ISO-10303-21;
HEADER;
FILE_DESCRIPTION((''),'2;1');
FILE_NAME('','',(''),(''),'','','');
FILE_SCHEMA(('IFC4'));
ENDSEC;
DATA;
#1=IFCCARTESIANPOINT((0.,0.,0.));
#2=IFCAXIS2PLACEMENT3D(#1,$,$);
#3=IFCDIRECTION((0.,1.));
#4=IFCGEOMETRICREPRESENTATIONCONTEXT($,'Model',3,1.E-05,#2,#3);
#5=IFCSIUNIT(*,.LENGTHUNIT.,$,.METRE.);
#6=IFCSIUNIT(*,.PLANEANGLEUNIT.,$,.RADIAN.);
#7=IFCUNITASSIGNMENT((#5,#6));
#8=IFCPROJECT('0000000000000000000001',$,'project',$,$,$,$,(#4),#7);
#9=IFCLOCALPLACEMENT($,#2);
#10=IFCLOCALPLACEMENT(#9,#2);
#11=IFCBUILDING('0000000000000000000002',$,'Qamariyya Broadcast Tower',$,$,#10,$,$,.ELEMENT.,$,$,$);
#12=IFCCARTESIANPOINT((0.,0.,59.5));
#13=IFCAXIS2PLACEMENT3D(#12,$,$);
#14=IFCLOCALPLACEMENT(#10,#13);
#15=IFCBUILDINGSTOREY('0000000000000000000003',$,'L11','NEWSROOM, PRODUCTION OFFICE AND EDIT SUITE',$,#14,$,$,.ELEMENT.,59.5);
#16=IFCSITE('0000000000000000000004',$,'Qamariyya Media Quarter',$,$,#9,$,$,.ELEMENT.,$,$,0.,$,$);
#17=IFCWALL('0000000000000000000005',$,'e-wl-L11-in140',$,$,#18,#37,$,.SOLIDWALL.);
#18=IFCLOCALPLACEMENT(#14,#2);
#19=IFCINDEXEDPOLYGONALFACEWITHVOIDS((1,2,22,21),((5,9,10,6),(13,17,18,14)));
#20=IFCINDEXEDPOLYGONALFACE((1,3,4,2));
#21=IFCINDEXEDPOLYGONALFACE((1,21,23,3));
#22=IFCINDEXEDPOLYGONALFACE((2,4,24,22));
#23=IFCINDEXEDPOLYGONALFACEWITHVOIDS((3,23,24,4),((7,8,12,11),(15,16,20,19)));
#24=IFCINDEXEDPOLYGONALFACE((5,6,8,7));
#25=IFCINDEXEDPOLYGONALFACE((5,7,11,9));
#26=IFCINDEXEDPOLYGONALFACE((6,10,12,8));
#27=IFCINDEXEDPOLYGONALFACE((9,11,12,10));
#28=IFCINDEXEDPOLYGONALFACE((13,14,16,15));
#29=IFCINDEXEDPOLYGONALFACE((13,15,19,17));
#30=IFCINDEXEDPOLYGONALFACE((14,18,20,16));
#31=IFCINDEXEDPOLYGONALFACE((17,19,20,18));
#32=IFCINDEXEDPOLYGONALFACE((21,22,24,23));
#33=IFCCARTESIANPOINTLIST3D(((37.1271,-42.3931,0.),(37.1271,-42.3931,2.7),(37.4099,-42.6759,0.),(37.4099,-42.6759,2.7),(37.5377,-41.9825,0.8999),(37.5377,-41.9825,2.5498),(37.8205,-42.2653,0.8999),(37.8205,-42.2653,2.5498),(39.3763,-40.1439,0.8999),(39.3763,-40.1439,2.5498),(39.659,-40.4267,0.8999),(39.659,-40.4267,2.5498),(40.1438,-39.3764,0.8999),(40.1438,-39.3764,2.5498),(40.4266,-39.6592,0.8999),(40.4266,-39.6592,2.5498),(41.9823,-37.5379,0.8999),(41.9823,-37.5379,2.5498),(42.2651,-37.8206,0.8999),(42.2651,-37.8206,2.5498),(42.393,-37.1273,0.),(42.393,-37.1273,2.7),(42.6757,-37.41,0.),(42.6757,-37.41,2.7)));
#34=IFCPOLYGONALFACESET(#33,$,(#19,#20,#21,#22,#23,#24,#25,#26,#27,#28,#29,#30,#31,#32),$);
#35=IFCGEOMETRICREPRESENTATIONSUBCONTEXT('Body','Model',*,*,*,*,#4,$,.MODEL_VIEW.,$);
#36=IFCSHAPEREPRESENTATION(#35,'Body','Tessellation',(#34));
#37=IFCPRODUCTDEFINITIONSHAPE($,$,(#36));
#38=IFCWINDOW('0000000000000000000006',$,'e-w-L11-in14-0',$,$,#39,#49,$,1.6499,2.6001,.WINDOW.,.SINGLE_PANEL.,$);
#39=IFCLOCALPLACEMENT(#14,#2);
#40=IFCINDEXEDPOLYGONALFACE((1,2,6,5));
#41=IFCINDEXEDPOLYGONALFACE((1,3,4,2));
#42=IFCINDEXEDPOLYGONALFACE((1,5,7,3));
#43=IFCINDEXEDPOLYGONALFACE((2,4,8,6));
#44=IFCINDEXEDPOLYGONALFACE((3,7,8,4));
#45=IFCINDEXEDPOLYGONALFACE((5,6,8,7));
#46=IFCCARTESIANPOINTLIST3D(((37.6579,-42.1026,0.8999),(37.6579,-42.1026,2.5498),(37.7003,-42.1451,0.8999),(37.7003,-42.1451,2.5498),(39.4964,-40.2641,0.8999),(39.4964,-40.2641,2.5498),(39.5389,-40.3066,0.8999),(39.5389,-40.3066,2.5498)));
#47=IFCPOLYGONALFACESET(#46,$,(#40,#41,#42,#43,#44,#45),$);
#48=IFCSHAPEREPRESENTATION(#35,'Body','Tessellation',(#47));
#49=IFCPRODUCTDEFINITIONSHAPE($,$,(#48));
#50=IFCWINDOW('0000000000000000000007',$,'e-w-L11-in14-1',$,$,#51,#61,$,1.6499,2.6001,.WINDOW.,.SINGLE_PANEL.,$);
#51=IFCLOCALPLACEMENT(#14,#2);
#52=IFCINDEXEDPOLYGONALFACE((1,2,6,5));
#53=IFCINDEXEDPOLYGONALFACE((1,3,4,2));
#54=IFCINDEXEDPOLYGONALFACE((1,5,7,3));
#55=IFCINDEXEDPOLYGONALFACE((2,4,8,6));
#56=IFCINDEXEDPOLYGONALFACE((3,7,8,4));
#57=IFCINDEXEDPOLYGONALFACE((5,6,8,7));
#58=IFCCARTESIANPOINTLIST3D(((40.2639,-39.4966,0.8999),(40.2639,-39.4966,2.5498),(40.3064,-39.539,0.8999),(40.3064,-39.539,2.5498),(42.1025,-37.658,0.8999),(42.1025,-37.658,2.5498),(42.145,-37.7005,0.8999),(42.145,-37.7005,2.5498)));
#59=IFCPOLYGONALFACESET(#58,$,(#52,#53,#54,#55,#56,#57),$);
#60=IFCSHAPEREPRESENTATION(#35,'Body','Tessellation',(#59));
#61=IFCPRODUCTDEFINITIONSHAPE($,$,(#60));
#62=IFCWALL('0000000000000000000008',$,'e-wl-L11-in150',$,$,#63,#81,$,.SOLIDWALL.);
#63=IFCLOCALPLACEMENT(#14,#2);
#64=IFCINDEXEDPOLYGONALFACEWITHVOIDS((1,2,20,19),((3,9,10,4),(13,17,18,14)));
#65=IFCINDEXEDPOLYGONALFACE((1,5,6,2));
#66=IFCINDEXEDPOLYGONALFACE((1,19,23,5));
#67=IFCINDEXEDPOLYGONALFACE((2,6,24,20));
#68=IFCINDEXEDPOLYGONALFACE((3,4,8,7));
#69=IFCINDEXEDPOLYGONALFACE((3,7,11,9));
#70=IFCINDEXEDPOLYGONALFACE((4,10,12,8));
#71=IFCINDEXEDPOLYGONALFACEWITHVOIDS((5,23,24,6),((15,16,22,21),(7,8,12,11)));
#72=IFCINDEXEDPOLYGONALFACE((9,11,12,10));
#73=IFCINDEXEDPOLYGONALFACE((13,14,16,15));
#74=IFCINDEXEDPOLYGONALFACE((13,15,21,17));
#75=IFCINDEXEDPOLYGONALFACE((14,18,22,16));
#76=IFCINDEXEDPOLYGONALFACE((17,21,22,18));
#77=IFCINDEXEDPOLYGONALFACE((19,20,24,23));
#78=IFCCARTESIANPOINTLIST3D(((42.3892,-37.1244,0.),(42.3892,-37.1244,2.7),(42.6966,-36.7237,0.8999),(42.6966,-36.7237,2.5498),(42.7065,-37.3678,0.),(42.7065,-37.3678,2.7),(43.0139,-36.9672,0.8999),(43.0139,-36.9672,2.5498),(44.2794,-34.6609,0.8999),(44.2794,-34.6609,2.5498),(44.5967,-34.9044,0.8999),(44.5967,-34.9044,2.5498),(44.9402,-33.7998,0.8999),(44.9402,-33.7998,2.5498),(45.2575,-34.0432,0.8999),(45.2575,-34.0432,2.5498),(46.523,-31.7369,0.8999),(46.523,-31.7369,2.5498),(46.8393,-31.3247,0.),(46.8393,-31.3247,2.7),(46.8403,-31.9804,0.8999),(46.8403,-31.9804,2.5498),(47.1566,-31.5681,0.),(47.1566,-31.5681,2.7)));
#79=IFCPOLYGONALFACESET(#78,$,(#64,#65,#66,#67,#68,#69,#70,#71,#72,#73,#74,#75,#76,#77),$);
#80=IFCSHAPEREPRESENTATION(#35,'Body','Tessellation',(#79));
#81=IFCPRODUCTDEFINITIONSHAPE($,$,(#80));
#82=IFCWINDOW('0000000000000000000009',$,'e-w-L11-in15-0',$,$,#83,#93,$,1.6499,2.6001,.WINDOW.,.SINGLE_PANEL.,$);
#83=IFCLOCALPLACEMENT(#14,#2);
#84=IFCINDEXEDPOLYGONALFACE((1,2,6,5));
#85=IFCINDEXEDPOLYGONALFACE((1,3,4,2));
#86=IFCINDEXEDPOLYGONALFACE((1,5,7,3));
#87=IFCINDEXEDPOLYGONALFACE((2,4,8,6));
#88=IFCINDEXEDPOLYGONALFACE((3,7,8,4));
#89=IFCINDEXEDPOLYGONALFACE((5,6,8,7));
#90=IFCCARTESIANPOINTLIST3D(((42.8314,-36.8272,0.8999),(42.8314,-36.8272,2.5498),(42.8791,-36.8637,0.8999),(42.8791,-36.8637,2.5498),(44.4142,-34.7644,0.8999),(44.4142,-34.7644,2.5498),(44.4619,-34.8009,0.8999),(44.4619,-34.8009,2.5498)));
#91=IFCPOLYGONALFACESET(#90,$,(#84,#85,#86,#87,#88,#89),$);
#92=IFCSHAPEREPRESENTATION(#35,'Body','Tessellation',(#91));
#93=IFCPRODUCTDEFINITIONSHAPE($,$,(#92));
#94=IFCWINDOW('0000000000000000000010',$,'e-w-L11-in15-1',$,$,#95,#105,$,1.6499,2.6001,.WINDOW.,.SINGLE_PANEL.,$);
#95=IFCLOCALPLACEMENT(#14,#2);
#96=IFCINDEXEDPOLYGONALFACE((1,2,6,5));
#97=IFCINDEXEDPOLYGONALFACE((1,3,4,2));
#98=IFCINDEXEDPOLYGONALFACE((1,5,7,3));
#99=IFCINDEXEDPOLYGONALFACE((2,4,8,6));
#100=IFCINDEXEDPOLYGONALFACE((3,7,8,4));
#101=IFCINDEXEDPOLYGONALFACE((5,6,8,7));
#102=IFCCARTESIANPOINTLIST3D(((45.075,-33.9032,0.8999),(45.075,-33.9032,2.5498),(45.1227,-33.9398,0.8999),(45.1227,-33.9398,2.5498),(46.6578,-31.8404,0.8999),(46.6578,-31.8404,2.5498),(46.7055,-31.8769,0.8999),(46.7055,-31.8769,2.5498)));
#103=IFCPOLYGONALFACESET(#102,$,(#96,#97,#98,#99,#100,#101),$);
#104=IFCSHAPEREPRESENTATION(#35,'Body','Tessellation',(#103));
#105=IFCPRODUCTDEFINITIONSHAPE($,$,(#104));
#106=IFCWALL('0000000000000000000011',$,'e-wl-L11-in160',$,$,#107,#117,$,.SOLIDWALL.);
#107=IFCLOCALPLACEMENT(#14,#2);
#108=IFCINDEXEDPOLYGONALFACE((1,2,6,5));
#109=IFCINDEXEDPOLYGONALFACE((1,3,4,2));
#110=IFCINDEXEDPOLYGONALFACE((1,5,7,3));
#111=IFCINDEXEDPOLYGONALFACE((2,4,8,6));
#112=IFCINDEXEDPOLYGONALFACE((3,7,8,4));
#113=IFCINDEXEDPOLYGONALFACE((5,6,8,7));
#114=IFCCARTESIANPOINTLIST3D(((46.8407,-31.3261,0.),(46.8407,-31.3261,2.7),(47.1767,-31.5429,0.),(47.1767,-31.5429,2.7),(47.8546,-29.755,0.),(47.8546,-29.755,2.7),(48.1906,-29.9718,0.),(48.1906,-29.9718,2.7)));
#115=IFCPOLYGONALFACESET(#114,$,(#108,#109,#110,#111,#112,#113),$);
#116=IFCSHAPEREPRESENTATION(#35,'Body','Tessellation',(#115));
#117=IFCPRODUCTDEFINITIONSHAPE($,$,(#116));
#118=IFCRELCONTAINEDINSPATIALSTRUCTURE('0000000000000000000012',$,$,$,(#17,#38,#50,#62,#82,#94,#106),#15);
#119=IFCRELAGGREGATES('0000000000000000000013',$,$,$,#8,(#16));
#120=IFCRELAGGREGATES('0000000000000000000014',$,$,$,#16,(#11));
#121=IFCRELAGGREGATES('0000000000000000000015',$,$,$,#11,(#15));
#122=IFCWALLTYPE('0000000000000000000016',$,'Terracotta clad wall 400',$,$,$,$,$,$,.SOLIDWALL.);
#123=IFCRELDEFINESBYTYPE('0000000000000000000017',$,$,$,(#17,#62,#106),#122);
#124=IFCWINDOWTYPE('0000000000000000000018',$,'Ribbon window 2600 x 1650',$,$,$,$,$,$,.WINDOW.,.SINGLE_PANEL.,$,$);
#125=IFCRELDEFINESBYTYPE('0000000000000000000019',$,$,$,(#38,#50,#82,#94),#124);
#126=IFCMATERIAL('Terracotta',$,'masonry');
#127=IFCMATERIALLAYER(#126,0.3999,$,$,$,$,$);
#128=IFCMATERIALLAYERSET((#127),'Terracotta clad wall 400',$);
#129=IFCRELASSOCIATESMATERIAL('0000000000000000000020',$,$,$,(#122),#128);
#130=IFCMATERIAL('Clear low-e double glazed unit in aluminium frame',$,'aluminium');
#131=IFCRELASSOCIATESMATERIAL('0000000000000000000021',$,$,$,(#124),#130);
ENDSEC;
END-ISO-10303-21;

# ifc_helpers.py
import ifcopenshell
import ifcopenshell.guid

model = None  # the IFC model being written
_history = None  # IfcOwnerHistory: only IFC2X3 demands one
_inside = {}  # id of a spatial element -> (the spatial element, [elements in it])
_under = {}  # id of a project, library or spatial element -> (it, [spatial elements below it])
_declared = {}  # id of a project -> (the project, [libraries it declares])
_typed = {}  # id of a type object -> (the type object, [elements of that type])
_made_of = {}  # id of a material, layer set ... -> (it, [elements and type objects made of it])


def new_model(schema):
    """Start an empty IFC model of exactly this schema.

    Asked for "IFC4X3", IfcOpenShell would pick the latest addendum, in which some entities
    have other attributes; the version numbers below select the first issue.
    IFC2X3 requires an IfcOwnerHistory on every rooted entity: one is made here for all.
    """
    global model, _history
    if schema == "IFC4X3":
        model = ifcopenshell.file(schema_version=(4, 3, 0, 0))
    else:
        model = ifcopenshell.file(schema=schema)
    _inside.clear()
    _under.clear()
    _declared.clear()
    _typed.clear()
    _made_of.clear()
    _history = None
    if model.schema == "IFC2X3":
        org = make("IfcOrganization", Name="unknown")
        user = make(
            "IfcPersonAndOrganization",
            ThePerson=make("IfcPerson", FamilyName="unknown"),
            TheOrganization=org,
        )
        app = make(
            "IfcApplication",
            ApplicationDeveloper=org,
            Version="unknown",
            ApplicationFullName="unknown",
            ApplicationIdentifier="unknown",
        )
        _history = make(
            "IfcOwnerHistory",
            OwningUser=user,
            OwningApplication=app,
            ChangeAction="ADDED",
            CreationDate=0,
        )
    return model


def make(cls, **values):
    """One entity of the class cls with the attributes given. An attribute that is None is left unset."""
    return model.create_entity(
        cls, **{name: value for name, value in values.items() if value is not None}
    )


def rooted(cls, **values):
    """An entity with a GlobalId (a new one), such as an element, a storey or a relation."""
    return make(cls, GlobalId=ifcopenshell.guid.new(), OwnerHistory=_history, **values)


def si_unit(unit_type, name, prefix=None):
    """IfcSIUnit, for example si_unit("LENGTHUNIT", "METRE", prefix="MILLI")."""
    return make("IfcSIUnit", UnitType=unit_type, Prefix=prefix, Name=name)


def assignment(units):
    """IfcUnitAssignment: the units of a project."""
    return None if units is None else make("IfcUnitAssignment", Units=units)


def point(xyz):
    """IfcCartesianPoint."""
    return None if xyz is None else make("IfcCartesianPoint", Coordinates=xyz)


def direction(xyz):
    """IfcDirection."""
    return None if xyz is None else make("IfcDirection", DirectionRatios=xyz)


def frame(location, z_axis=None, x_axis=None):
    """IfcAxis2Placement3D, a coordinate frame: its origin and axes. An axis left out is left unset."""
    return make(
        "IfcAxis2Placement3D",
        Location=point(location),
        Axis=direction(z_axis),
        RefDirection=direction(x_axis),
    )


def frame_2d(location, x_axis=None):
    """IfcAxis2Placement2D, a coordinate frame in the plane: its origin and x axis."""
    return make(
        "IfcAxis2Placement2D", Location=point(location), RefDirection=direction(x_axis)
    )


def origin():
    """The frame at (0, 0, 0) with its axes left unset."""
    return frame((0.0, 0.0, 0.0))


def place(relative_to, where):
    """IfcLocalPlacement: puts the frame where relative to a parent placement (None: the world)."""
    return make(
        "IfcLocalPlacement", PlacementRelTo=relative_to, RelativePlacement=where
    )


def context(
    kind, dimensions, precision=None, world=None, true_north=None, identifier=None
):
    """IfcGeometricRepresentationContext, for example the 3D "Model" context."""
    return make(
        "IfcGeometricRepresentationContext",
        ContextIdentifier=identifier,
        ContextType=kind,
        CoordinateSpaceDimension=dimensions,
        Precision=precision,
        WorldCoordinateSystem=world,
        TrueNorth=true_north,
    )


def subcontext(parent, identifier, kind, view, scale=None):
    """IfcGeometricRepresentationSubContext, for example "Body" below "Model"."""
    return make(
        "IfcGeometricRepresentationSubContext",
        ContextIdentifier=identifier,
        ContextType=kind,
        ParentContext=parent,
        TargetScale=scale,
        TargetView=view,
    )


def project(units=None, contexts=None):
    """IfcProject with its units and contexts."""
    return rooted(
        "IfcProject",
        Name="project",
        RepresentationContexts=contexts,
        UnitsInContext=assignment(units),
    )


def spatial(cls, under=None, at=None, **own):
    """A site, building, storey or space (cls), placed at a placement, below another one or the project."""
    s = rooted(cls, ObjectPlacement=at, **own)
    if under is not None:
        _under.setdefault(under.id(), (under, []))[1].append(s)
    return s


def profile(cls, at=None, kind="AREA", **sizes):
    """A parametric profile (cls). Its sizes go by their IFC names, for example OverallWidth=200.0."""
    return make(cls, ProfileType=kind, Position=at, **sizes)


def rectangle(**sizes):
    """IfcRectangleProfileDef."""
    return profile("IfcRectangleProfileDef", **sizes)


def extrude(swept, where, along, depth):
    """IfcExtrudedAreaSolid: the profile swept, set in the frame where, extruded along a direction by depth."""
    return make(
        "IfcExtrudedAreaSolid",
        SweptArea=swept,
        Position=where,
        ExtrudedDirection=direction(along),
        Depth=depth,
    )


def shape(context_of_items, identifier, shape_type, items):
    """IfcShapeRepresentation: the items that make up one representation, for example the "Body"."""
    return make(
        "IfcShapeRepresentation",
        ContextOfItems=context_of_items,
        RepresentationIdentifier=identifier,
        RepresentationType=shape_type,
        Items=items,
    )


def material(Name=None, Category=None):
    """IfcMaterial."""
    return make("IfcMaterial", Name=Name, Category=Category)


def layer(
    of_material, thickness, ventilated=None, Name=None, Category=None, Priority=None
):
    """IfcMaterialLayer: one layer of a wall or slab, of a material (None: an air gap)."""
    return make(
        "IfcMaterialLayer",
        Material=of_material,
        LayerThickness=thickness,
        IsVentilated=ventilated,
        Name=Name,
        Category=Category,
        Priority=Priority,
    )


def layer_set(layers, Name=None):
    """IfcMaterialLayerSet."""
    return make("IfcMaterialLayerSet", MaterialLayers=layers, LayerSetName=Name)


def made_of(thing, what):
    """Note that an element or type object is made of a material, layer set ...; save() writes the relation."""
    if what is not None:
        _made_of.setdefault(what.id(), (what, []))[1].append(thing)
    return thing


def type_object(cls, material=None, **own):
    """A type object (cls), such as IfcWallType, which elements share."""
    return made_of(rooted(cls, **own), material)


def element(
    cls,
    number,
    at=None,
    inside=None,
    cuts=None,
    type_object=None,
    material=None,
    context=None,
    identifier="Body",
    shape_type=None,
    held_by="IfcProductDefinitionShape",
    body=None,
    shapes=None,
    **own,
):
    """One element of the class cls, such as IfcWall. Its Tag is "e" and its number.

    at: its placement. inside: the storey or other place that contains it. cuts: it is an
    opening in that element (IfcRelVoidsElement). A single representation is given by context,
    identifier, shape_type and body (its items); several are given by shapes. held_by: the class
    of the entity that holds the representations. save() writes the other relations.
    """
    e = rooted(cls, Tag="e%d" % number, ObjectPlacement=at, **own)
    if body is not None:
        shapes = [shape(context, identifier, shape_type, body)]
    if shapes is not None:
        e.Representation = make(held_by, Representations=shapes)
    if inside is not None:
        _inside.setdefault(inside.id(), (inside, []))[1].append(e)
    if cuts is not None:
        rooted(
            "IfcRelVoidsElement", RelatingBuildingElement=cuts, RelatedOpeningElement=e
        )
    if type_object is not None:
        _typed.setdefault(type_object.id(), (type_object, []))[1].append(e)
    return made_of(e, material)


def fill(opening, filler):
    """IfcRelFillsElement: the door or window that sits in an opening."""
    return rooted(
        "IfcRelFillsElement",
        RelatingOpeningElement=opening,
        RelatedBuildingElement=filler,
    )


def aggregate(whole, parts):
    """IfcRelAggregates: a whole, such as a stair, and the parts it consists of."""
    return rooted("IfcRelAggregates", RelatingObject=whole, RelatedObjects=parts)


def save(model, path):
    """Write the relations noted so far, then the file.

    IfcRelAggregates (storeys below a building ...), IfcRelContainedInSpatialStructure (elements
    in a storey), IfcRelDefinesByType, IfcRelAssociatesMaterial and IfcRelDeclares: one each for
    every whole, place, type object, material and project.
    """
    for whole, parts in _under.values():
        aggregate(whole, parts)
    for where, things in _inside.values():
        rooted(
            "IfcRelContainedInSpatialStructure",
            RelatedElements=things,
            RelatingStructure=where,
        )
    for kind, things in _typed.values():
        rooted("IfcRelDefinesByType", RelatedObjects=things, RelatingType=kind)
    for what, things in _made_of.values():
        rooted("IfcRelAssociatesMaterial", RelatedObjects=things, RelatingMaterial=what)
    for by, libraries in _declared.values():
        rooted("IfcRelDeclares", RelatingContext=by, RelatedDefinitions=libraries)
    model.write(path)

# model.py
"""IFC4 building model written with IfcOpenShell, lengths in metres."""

from ifc_helpers import new_model, si_unit, direction, frame, frame_2d, origin, place, context, subcontext, project, spatial, rectangle, extrude, material, layer, layer_set, type_object, element, fill, save


model = new_model("IFC4")

# Units and contexts
model_context = context("Model", 3, precision=1e-05, world=origin(), true_north=direction((0.0, 1.0)))
body_context = subcontext(model_context, "Body", "Model", "MODEL_VIEW")
ifc_project = project(units=[si_unit("LENGTHUNIT", "METRE"), si_unit("PLANEANGLEUNIT", "RADIAN")], contexts=[model_context])

# Site, building, storey
site_placement = place(None, origin())
site = spatial("IfcSite", under=ifc_project, at=site_placement, Name="Qamariyya Media Quarter", CompositionType="ELEMENT", RefElevation=0.0)
building_placement = place(site_placement, origin())
building = spatial("IfcBuilding", under=site, at=building_placement, Name="Qamariyya Broadcast Tower", CompositionType="ELEMENT")
storey_placement = place(building_placement, frame((0.0, 0.0, 59.5)))
storey = spatial("IfcBuildingStorey", under=building, at=storey_placement, Name="L11", Description="NEWSROOM, PRODUCTION OFFICE AND EDIT SUITE", CompositionType="ELEMENT", Elevation=59.5)

# Walls, openings, windows
ifc_material_1 = material(Name="Terracotta", Category="masonry")
ifc_layer_1 = layer(ifc_material_1, 0.3999)
ifc_layer_set_1 = layer_set([ifc_layer_1], Name="Terracotta clad wall 400")
wall_type_1 = type_object("IfcWallType", Name="Terracotta clad wall 400", PredefinedType="SOLIDWALL", material=ifc_layer_set_1)
wall_1_placement = place(storey_placement, frame((42.5344, -37.2686, 0.0), z_axis=(0.0, 0.0, 1.0), x_axis=(-0.707107, -0.707107, 0.0)))
wall_1 = element("IfcWall", 1, at=wall_1_placement, inside=storey, type_object=wall_type_1, Name="e-wl-L11-in140", PredefinedType="SOLIDWALL", context=body_context, shape_type="SweptSolid", body=[
    extrude(rectangle(XDim=7.447, YDim=0.3999, at=frame_2d((3.7236, 0.0))), origin(), (0.0, 0.0, 1.0), 2.7),
])
opening_1_placement = place(wall_1_placement, frame((4.2664, 0.0, 0.8999)))
opening_1 = element("IfcOpeningElement", 2, at=opening_1_placement, cuts=wall_1, PredefinedType="OPENING", context=body_context, shape_type="SweptSolid", body=[
    extrude(rectangle(XDim=2.6001, YDim=1.6499, at=frame_2d((1.3, 0.825))), frame((0.0, 0.21, 0.0), z_axis=(0.0, -1.0, 0.0), x_axis=(1.0, 0.0, 0.0)), (0.0, 0.0, 1.0), 0.4199),
])
opening_2_placement = place(wall_1_placement, frame((0.5808, 0.0, 0.8999)))
opening_2 = element("IfcOpeningElement", 3, at=opening_2_placement, cuts=wall_1, PredefinedType="OPENING", context=body_context, shape_type="SweptSolid", body=[
    extrude(rectangle(XDim=2.6001, YDim=1.6499, at=frame_2d((1.3, 0.825))), frame((0.0, 0.21, 0.0), z_axis=(0.0, -1.0, 0.0), x_axis=(1.0, 0.0, 0.0)), (0.0, 0.0, 1.0), 0.4199),
])
ifc_material_2 = material(Name="Clear low-e double glazed unit in aluminium frame", Category="aluminium")
window_type = type_object("IfcWindowType", Name="Ribbon window 2600 x 1650", PartitioningType="SINGLE_PANEL", PredefinedType="WINDOW", material=ifc_material_2)
window_1_placement = place(opening_1_placement, origin())
window_1 = element("IfcWindow", 4, at=window_1_placement, inside=storey, type_object=window_type, Name="e-w-L11-in14-0", OverallHeight=1.6499, OverallWidth=2.6001, PartitioningType="SINGLE_PANEL", PredefinedType="WINDOW", context=body_context, shape_type="SweptSolid", body=[
    extrude(rectangle(XDim=2.6001, YDim=1.6499, at=frame_2d((1.3, 0.825))), frame((0.0, 0.03, 0.0), z_axis=(0.0, -1.0, 0.0), x_axis=(1.0, 0.0, 0.0)), (0.0, 0.0, 1.0), 0.0601),
])
fill(opening_1, window_1)
window_2_placement = place(opening_2_placement, origin())
window_2 = element("IfcWindow", 5, at=window_2_placement, inside=storey, type_object=window_type, Name="e-w-L11-in14-1", OverallHeight=1.6499, OverallWidth=2.6001, PartitioningType="SINGLE_PANEL", PredefinedType="WINDOW", context=body_context, shape_type="SweptSolid", body=[
    extrude(rectangle(XDim=2.6001, YDim=1.6499, at=frame_2d((1.3, 0.825))), frame((0.0, 0.03, 0.0), z_axis=(0.0, -1.0, 0.0), x_axis=(1.0, 0.0, 0.0)), (0.0, 0.0, 1.0), 0.0601),
])
fill(opening_2, window_2)
wall_2_placement = place(storey_placement, frame((46.998, -31.4463, 0.0), z_axis=(0.0, 0.0, 1.0), x_axis=(-0.608748, -0.793363, 0.0)))
wall_2 = element("IfcWall", 6, at=wall_2_placement, inside=storey, type_object=wall_type_1, Name="e-wl-L11-in150", PredefinedType="SOLIDWALL", context=body_context, shape_type="SweptSolid", body=[
    extrude(rectangle(XDim=7.3103, YDim=0.3999, at=frame_2d((3.6553, 0.0))), origin(), (0.0, 0.0, 1.0), 2.7),
])
opening_3_placement = place(wall_2_placement, frame((4.2053, 0.0, 0.8999)))
opening_3 = element("IfcOpeningElement", 7, at=opening_3_placement, cuts=wall_2, PredefinedType="OPENING", context=body_context, shape_type="SweptSolid", body=[
    extrude(rectangle(XDim=2.6001, YDim=1.6499, at=frame_2d((1.3, 0.825))), frame((0.0, 0.21, 0.0), z_axis=(0.0, -1.0, 0.0), x_axis=(1.0, 0.0, 0.0)), (0.0, 0.0, 1.0), 0.4199),
])
opening_4_placement = place(wall_2_placement, frame((0.5198, 0.0, 0.8999)))
opening_4 = element("IfcOpeningElement", 8, at=opening_4_placement, cuts=wall_2, PredefinedType="OPENING", context=body_context, shape_type="SweptSolid", body=[
    extrude(rectangle(XDim=2.6001, YDim=1.6499, at=frame_2d((1.3, 0.825))), frame((0.0, 0.21, 0.0), z_axis=(0.0, -1.0, 0.0), x_axis=(1.0, 0.0, 0.0)), (0.0, 0.0, 1.0), 0.4199),
])
window_3_placement = place(opening_3_placement, origin())
window_3 = element("IfcWindow", 9, at=window_3_placement, inside=storey, type_object=window_type, Name="e-w-L11-in15-0", OverallHeight=1.6499, OverallWidth=2.6001, PartitioningType="SINGLE_PANEL", PredefinedType="WINDOW", context=body_context, shape_type="SweptSolid", body=[
    extrude(rectangle(XDim=2.6001, YDim=1.6499, at=frame_2d((1.3, 0.825))), frame((0.0, 0.03, 0.0), z_axis=(0.0, -1.0, 0.0), x_axis=(1.0, 0.0, 0.0)), (0.0, 0.0, 1.0), 0.0601),
])
fill(opening_3, window_3)
window_4_placement = place(opening_4_placement, origin())
window_4 = element("IfcWindow", 10, at=window_4_placement, inside=storey, type_object=window_type, Name="e-w-L11-in15-1", OverallHeight=1.6499, OverallWidth=2.6001, PartitioningType="SINGLE_PANEL", PredefinedType="WINDOW", context=body_context, shape_type="SweptSolid", body=[
    extrude(rectangle(XDim=2.6001, YDim=1.6499, at=frame_2d((1.3, 0.825))), frame((0.0, 0.03, 0.0), z_axis=(0.0, -1.0, 0.0), x_axis=(1.0, 0.0, 0.0)), (0.0, 0.0, 1.0), 0.0601),
])
fill(opening_4, window_4)

# Wall
wall_3_placement = place(storey_placement, frame((48.0227, -29.8633, 0.0), z_axis=(0.0, 0.0, 1.0), x_axis=(-0.542255, -0.840214, 0.0)))
element("IfcWall", 11, at=wall_3_placement, inside=storey, type_object=wall_type_1, Name="e-wl-L11-in160", PredefinedType="SOLIDWALL", context=body_context, shape_type="SweptSolid", body=[
    extrude(rectangle(XDim=1.8699, YDim=0.3999, at=frame_2d((0.9351, 0.0))), origin(), (0.0, 0.0, 1.0), 2.7),
])

save(model, "model.ifc")
